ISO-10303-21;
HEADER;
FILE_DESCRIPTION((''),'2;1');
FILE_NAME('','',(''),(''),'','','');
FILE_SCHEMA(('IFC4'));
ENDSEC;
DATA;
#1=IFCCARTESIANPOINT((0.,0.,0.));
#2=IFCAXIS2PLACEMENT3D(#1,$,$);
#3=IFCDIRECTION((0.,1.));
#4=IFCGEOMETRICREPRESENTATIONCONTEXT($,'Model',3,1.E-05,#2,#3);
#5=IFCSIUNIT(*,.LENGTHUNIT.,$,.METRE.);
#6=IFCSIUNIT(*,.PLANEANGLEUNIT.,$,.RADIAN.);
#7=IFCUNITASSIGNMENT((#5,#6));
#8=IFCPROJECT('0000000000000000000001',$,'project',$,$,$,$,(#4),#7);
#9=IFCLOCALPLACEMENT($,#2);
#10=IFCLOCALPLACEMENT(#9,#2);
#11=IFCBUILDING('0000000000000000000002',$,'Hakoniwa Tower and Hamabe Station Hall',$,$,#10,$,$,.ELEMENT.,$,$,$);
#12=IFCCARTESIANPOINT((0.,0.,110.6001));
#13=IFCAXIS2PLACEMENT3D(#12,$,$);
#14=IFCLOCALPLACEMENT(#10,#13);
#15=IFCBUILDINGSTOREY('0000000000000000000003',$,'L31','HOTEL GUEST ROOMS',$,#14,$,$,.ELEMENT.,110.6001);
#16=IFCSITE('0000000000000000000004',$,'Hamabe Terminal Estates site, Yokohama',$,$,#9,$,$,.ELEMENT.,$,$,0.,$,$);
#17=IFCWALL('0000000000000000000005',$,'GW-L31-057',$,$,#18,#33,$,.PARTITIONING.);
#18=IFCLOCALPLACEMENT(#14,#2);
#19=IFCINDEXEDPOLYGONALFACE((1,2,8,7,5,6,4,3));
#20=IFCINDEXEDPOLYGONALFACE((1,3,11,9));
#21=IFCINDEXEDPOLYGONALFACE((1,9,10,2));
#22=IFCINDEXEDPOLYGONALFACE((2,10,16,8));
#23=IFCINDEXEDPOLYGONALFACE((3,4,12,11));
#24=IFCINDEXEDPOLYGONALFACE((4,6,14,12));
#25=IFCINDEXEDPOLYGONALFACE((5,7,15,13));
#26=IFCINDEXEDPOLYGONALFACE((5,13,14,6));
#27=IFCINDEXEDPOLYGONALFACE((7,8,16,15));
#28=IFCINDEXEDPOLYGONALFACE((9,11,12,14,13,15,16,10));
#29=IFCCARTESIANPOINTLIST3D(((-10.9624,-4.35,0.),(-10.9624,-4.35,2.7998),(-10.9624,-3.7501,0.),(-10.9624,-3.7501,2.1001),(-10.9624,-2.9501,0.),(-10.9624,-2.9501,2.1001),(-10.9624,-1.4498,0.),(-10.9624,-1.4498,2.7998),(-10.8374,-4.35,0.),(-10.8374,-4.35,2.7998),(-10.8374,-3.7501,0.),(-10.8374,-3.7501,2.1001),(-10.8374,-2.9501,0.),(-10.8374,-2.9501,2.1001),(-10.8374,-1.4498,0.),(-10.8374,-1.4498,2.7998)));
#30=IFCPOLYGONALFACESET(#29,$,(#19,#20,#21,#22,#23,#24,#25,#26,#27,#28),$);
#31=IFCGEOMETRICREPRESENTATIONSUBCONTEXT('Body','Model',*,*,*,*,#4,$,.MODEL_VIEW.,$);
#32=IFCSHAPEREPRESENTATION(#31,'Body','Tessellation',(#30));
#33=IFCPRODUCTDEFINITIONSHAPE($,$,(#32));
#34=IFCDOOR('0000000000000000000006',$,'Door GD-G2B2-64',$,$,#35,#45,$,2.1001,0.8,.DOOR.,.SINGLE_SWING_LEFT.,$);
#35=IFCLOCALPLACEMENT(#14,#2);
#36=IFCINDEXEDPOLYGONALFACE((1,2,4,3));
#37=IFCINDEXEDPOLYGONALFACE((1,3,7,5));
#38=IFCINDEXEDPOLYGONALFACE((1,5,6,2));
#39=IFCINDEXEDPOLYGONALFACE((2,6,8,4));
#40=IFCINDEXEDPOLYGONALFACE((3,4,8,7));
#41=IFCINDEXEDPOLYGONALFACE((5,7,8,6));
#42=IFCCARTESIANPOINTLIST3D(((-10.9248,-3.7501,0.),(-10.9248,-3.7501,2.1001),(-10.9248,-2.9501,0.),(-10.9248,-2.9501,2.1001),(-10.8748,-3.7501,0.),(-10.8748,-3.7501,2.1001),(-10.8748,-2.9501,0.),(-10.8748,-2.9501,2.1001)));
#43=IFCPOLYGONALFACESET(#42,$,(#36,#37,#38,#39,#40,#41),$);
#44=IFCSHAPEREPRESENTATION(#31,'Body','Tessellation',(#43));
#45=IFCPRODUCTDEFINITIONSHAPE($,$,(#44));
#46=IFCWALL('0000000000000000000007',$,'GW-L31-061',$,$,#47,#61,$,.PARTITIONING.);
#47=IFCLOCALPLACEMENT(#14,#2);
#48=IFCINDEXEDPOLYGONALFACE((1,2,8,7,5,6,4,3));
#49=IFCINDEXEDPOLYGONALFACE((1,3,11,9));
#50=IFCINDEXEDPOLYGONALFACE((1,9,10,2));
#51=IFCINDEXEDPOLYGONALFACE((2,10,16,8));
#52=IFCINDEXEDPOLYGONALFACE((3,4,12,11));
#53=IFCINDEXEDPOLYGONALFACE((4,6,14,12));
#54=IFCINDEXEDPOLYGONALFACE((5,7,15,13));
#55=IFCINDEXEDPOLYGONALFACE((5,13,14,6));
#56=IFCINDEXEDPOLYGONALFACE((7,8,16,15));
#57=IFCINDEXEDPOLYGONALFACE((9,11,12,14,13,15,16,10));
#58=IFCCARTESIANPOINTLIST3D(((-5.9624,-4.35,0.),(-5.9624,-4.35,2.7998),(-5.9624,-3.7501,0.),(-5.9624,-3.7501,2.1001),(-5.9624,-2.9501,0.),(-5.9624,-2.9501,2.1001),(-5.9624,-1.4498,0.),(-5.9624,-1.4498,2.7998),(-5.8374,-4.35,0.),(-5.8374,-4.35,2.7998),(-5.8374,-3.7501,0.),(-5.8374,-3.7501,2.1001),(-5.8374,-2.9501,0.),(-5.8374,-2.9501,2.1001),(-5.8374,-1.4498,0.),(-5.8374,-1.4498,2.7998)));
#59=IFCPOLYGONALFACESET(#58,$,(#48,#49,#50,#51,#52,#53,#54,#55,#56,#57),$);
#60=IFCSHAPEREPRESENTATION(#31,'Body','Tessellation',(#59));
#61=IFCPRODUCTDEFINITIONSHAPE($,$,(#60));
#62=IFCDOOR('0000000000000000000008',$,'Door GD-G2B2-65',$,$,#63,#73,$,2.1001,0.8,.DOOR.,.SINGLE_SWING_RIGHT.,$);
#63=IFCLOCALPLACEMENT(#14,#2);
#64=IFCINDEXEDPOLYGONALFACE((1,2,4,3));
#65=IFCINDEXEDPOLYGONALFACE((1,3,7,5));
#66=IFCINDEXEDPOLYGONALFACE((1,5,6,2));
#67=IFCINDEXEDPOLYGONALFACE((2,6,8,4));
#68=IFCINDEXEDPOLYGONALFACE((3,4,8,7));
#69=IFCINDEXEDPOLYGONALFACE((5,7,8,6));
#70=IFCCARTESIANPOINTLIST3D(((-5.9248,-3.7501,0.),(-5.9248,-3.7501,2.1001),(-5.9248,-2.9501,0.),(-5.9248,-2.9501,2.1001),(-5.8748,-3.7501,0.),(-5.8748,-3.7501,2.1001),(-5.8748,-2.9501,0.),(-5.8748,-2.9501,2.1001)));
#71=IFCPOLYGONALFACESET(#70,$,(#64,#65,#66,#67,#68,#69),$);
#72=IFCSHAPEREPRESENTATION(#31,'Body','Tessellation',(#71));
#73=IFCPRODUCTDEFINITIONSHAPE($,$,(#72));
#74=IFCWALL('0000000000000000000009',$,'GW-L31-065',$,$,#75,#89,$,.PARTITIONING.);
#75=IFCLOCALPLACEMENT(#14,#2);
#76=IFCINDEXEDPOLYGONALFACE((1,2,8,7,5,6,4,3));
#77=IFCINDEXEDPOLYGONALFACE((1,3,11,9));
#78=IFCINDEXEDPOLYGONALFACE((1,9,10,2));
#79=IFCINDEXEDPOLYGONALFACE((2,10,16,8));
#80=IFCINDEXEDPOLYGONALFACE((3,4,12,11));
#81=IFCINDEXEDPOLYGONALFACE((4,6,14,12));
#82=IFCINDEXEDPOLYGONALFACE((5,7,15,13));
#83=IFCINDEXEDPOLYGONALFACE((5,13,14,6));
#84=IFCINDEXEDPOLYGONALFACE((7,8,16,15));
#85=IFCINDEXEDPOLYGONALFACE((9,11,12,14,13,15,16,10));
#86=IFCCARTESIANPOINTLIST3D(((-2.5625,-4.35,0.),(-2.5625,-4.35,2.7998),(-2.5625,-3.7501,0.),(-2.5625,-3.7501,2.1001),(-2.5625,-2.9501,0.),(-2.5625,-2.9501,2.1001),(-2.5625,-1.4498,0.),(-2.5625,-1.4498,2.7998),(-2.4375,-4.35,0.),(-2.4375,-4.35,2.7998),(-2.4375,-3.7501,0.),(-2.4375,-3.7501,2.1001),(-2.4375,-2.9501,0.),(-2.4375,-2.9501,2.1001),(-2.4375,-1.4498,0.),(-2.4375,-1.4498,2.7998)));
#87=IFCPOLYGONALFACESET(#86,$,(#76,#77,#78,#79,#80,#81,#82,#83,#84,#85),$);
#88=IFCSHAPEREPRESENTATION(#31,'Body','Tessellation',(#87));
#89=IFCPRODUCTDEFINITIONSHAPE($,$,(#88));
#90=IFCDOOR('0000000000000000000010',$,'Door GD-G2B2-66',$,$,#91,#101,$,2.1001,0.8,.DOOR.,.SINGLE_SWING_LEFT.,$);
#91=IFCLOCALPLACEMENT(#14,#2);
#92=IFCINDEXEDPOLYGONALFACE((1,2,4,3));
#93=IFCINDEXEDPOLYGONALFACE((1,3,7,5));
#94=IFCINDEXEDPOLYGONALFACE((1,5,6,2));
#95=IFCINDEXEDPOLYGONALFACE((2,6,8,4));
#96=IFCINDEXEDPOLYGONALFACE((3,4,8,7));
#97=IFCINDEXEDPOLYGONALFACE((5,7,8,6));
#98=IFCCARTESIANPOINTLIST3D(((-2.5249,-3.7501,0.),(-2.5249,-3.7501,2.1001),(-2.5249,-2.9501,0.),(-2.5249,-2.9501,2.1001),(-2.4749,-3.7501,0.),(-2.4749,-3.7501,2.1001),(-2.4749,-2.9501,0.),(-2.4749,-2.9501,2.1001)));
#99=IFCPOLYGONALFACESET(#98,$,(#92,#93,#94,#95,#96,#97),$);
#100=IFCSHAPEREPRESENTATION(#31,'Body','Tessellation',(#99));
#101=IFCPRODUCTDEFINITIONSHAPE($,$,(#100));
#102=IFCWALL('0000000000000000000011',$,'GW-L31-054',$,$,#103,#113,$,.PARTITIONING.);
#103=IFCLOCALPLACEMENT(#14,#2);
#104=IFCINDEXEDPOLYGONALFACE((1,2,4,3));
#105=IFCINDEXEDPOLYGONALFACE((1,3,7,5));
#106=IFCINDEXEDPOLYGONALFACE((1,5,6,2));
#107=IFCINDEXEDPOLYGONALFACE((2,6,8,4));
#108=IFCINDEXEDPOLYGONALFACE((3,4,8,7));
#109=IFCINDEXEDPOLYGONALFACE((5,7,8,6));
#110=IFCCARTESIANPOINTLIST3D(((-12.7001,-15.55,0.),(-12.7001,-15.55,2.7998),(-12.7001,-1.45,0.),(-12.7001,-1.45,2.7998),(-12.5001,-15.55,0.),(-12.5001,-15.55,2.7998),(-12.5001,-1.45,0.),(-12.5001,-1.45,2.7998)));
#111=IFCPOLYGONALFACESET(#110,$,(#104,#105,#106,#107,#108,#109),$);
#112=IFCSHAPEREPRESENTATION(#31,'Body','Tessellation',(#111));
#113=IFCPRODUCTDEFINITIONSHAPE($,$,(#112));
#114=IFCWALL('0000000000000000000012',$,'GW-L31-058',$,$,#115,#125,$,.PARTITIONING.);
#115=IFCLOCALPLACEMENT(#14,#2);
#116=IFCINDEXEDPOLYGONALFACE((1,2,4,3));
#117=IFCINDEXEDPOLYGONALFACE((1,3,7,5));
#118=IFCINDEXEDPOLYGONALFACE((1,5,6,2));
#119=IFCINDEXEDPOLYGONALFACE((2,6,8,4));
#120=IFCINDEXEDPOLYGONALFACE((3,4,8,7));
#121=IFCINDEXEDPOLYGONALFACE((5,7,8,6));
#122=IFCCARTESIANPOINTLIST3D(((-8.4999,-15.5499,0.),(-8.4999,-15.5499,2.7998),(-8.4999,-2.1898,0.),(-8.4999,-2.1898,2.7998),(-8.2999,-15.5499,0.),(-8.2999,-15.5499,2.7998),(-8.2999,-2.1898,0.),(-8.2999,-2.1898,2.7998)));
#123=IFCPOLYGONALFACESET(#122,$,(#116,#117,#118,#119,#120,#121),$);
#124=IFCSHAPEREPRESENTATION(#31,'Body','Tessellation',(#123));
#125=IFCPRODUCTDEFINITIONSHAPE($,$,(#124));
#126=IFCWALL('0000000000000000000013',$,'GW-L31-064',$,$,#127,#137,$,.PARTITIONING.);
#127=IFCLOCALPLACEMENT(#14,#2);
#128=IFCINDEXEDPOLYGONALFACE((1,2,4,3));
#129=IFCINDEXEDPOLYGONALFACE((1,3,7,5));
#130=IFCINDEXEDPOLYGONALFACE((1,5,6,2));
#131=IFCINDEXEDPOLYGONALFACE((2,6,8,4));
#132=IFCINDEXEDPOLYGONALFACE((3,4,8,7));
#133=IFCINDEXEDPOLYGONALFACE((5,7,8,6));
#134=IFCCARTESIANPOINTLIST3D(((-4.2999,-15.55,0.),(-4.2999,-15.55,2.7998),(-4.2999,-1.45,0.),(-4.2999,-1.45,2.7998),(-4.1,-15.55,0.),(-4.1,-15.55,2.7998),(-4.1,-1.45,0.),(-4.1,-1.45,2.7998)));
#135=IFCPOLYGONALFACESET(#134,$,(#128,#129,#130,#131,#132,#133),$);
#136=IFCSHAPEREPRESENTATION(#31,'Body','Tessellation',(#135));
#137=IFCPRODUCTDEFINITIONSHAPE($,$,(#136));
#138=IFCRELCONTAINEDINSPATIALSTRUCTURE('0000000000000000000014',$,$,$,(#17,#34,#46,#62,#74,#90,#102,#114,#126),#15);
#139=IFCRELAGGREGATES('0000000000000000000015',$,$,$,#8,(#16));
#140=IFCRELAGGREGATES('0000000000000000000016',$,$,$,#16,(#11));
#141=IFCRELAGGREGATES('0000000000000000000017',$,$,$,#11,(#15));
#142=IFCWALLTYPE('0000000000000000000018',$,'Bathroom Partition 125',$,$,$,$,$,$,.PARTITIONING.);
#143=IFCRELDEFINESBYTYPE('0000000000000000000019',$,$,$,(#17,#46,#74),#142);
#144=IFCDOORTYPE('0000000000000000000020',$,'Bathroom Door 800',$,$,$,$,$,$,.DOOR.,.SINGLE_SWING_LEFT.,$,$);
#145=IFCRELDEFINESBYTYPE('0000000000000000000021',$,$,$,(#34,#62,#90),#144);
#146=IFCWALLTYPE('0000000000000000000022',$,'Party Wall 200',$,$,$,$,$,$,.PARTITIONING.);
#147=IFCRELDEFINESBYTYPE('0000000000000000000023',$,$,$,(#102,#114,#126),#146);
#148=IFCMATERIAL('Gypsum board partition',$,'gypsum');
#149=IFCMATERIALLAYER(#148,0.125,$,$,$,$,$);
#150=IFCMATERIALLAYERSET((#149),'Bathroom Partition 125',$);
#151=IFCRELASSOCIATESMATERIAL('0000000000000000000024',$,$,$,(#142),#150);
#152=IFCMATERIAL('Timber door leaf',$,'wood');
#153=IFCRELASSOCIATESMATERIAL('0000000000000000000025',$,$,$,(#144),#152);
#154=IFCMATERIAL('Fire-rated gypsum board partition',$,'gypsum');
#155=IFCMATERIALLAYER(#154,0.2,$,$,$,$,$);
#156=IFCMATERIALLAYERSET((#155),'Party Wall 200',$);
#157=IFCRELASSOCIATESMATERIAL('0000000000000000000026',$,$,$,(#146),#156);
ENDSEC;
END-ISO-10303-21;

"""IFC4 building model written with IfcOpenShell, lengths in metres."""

from ifc_helpers import new_model, si_unit, direction, frame, frame_2d, origin, place, context, subcontext, project, spatial, rectangle, extrude, material, layer, layer_set, type_object, element, fill, save


model = new_model("IFC4")

# Units and contexts
model_context = context("Model", 3, precision=1e-05, world=origin(), true_north=direction((0.0, 1.0)))
body_context = subcontext(model_context, "Body", "Model", "MODEL_VIEW")
ifc_project = project(units=[si_unit("LENGTHUNIT", "METRE"), si_unit("PLANEANGLEUNIT", "RADIAN")], contexts=[model_context])

# Site, building, storey
site_placement = place(None, origin())
site = spatial("IfcSite", under=ifc_project, at=site_placement, Name="Hamabe Terminal Estates site, Yokohama", CompositionType="ELEMENT", RefElevation=0.0)
building_placement = place(site_placement, origin())
building = spatial("IfcBuilding", under=site, at=building_placement, Name="Hakoniwa Tower and Hamabe Station Hall", CompositionType="ELEMENT")
storey_placement = place(building_placement, frame((0.0, 0.0, 110.6001)))
storey = spatial("IfcBuildingStorey", under=building, at=storey_placement, Name="L31", Description="HOTEL GUEST ROOMS", CompositionType="ELEMENT", Elevation=110.6001)

# Shared definitions
ifc_material_1 = material(Name="Gypsum board partition", Category="gypsum")
ifc_layer_1 = layer(ifc_material_1, 0.125)
ifc_layer_set_1 = layer_set([ifc_layer_1], Name="Bathroom Partition 125")
wall_type_1 = type_object("IfcWallType", Name="Bathroom Partition 125", PredefinedType="PARTITIONING", material=ifc_layer_set_1)

# Walls, openings, doors
ifc_material_2 = material(Name="Timber door leaf", Category="wood")
door_type = type_object("IfcDoorType", Name="Bathroom Door 800", OperationType="SINGLE_SWING_LEFT", PredefinedType="DOOR", material=ifc_material_2)
wall_1_placement = place(storey_placement, frame((-10.8999, -4.3501, 0.0), z_axis=(0.0, 0.0, 1.0), x_axis=(0.0, 1.0, 0.0)))
wall_1 = element("IfcWall", 1, at=wall_1_placement, inside=storey, type_object=wall_type_1, Name="GW-L31-057", PredefinedType="PARTITIONING", context=body_context, shape_type="SweptSolid", body=[
    extrude(rectangle(XDim=2.9001, YDim=0.125, at=frame_2d((1.4502, 0.0))), origin(), (0.0, 0.0, 1.0), 2.7998),
])
opening_1_placement = place(wall_1_placement, frame((0.6001, 0.0, 0.0)))
opening_1 = element("IfcOpeningElement", 2, at=opening_1_placement, cuts=wall_1, PredefinedType="OPENING", context=body_context, shape_type="SweptSolid", body=[
    extrude(rectangle(XDim=0.8, YDim=2.1001, at=frame_2d((0.3999, 1.05))), frame((0.0, 0.0725, 0.0), z_axis=(0.0, -1.0, 0.0), x_axis=(1.0, 0.0, 0.0)), (0.0, 0.0, 1.0), 0.145),
])
door_1_placement = place(opening_1_placement, origin())
door_1 = element("IfcDoor", 3, at=door_1_placement, inside=storey, type_object=door_type, Name="Door GD-G2B2-64", OperationType="SINGLE_SWING_LEFT", OverallHeight=2.1001, OverallWidth=0.8, PredefinedType="DOOR", context=body_context, shape_type="SweptSolid", body=[
    extrude(rectangle(XDim=0.8, YDim=2.1001, at=frame_2d((0.3999, 1.05))), frame((0.0, 0.0249, 0.0), z_axis=(0.0, -1.0, 0.0), x_axis=(1.0, 0.0, 0.0)), (0.0, 0.0, 1.0), 0.05),
])
fill(opening_1, door_1)
wall_2_placement = place(storey_placement, frame((-5.8999, -4.3501, 0.0), z_axis=(0.0, 0.0, 1.0), x_axis=(0.0, 1.0, 0.0)))
wall_2 = element("IfcWall", 4, at=wall_2_placement, inside=storey, type_object=wall_type_1, Name="GW-L31-061", PredefinedType="PARTITIONING", context=body_context, shape_type="SweptSolid", body=[
    extrude(rectangle(XDim=2.9001, YDim=0.125, at=frame_2d((1.4502, 0.0))), origin(), (0.0, 0.0, 1.0), 2.7998),
])
opening_2_placement = place(wall_2_placement, frame((0.6001, 0.0, 0.0)))
opening_2 = element("IfcOpeningElement", 5, at=opening_2_placement, cuts=wall_2, PredefinedType="OPENING", context=body_context, shape_type="SweptSolid", body=[
    extrude(rectangle(XDim=0.8, YDim=2.1001, at=frame_2d((0.3999, 1.05))), frame((0.0, 0.0725, 0.0), z_axis=(0.0, -1.0, 0.0), x_axis=(1.0, 0.0, 0.0)), (0.0, 0.0, 1.0), 0.145),
])
door_2_placement = place(opening_2_placement, origin())
door_2 = element("IfcDoor", 6, at=door_2_placement, inside=storey, type_object=door_type, Name="Door GD-G2B2-65", OperationType="SINGLE_SWING_RIGHT", OverallHeight=2.1001, OverallWidth=0.8, PredefinedType="DOOR", context=body_context, shape_type="SweptSolid", body=[
    extrude(rectangle(XDim=0.8, YDim=2.1001, at=frame_2d((0.3999, 1.05))), frame((0.0, 0.0249, 0.0), z_axis=(0.0, -1.0, 0.0), x_axis=(1.0, 0.0, 0.0)), (0.0, 0.0, 1.0), 0.05),
])
fill(opening_2, door_2)
wall_3_placement = place(storey_placement, frame((-2.5, -4.3501, 0.0), z_axis=(0.0, 0.0, 1.0), x_axis=(0.0, 1.0, 0.0)))
wall_3 = element("IfcWall", 7, at=wall_3_placement, inside=storey, type_object=wall_type_1, Name="GW-L31-065", PredefinedType="PARTITIONING", context=body_context, shape_type="SweptSolid", body=[
    extrude(rectangle(XDim=2.9001, YDim=0.125, at=frame_2d((1.4502, 0.0))), origin(), (0.0, 0.0, 1.0), 2.7998),
])
opening_3_placement = place(wall_3_placement, frame((0.6001, 0.0, 0.0)))
opening_3 = element("IfcOpeningElement", 8, at=opening_3_placement, cuts=wall_3, PredefinedType="OPENING", context=body_context, shape_type="SweptSolid", body=[
    extrude(rectangle(XDim=0.8, YDim=2.1001, at=frame_2d((0.3999, 1.05))), frame((0.0, 0.0725, 0.0), z_axis=(0.0, -1.0, 0.0), x_axis=(1.0, 0.0, 0.0)), (0.0, 0.0, 1.0), 0.145),
])
door_3_placement = place(opening_3_placement, origin())
door_3 = element("IfcDoor", 9, at=door_3_placement, inside=storey, type_object=door_type, Name="Door GD-G2B2-66", OperationType="SINGLE_SWING_LEFT", OverallHeight=2.1001, OverallWidth=0.8, PredefinedType="DOOR", context=body_context, shape_type="SweptSolid", body=[
    extrude(rectangle(XDim=0.8, YDim=2.1001, at=frame_2d((0.3999, 1.05))), frame((0.0, 0.0249, 0.0), z_axis=(0.0, -1.0, 0.0), x_axis=(1.0, 0.0, 0.0)), (0.0, 0.0, 1.0), 0.05),
])
fill(opening_3, door_3)

# Walls
ifc_material_3 = material(Name="Fire-rated gypsum board partition", Category="gypsum")
ifc_layer_2 = layer(ifc_material_3, 0.2)
ifc_layer_set_2 = layer_set([ifc_layer_2], Name="Party Wall 200")
wall_type_2 = type_object("IfcWallType", Name="Party Wall 200", PredefinedType="PARTITIONING", material=ifc_layer_set_2)
wall_4_placement = place(storey_placement, frame((-12.6001, -15.55, 0.0), z_axis=(0.0, 0.0, 1.0), x_axis=(0.0, 1.0, 0.0)))
element("IfcWall", 10, at=wall_4_placement, inside=storey, type_object=wall_type_2, Name="GW-L31-054", PredefinedType="PARTITIONING", context=body_context, shape_type="SweptSolid", body=[
    extrude(rectangle(XDim=14.1001, YDim=0.2, at=frame_2d((7.05, 0.0))), origin(), (0.0, 0.0, 1.0), 2.7998),
])
wall_5_placement = place(storey_placement, frame((-8.3999, -15.55, 0.0), z_axis=(0.0, 0.0, 1.0), x_axis=(0.0, 1.0, 0.0)))
element("IfcWall", 11, at=wall_5_placement, inside=storey, type_object=wall_type_2, Name="GW-L31-058", PredefinedType="PARTITIONING", context=body_context, shape_type="SweptSolid", body=[
    extrude(rectangle(XDim=13.3601, YDim=0.2, at=frame_2d((6.6802, 0.0))), origin(), (0.0, 0.0, 1.0), 2.7998),
])
wall_6_placement = place(storey_placement, frame((-4.2, -15.55, 0.0), z_axis=(0.0, 0.0, 1.0), x_axis=(0.0, 1.0, 0.0)))
element("IfcWall", 12, at=wall_6_placement, inside=storey, type_object=wall_type_2, Name="GW-L31-064", PredefinedType="PARTITIONING", context=body_context, shape_type="SweptSolid", body=[
    extrude(rectangle(XDim=14.1001, YDim=0.2, at=frame_2d((7.05, 0.0))), origin(), (0.0, 0.0, 1.0), 2.7998),
])

save(model, "model.ifc")
